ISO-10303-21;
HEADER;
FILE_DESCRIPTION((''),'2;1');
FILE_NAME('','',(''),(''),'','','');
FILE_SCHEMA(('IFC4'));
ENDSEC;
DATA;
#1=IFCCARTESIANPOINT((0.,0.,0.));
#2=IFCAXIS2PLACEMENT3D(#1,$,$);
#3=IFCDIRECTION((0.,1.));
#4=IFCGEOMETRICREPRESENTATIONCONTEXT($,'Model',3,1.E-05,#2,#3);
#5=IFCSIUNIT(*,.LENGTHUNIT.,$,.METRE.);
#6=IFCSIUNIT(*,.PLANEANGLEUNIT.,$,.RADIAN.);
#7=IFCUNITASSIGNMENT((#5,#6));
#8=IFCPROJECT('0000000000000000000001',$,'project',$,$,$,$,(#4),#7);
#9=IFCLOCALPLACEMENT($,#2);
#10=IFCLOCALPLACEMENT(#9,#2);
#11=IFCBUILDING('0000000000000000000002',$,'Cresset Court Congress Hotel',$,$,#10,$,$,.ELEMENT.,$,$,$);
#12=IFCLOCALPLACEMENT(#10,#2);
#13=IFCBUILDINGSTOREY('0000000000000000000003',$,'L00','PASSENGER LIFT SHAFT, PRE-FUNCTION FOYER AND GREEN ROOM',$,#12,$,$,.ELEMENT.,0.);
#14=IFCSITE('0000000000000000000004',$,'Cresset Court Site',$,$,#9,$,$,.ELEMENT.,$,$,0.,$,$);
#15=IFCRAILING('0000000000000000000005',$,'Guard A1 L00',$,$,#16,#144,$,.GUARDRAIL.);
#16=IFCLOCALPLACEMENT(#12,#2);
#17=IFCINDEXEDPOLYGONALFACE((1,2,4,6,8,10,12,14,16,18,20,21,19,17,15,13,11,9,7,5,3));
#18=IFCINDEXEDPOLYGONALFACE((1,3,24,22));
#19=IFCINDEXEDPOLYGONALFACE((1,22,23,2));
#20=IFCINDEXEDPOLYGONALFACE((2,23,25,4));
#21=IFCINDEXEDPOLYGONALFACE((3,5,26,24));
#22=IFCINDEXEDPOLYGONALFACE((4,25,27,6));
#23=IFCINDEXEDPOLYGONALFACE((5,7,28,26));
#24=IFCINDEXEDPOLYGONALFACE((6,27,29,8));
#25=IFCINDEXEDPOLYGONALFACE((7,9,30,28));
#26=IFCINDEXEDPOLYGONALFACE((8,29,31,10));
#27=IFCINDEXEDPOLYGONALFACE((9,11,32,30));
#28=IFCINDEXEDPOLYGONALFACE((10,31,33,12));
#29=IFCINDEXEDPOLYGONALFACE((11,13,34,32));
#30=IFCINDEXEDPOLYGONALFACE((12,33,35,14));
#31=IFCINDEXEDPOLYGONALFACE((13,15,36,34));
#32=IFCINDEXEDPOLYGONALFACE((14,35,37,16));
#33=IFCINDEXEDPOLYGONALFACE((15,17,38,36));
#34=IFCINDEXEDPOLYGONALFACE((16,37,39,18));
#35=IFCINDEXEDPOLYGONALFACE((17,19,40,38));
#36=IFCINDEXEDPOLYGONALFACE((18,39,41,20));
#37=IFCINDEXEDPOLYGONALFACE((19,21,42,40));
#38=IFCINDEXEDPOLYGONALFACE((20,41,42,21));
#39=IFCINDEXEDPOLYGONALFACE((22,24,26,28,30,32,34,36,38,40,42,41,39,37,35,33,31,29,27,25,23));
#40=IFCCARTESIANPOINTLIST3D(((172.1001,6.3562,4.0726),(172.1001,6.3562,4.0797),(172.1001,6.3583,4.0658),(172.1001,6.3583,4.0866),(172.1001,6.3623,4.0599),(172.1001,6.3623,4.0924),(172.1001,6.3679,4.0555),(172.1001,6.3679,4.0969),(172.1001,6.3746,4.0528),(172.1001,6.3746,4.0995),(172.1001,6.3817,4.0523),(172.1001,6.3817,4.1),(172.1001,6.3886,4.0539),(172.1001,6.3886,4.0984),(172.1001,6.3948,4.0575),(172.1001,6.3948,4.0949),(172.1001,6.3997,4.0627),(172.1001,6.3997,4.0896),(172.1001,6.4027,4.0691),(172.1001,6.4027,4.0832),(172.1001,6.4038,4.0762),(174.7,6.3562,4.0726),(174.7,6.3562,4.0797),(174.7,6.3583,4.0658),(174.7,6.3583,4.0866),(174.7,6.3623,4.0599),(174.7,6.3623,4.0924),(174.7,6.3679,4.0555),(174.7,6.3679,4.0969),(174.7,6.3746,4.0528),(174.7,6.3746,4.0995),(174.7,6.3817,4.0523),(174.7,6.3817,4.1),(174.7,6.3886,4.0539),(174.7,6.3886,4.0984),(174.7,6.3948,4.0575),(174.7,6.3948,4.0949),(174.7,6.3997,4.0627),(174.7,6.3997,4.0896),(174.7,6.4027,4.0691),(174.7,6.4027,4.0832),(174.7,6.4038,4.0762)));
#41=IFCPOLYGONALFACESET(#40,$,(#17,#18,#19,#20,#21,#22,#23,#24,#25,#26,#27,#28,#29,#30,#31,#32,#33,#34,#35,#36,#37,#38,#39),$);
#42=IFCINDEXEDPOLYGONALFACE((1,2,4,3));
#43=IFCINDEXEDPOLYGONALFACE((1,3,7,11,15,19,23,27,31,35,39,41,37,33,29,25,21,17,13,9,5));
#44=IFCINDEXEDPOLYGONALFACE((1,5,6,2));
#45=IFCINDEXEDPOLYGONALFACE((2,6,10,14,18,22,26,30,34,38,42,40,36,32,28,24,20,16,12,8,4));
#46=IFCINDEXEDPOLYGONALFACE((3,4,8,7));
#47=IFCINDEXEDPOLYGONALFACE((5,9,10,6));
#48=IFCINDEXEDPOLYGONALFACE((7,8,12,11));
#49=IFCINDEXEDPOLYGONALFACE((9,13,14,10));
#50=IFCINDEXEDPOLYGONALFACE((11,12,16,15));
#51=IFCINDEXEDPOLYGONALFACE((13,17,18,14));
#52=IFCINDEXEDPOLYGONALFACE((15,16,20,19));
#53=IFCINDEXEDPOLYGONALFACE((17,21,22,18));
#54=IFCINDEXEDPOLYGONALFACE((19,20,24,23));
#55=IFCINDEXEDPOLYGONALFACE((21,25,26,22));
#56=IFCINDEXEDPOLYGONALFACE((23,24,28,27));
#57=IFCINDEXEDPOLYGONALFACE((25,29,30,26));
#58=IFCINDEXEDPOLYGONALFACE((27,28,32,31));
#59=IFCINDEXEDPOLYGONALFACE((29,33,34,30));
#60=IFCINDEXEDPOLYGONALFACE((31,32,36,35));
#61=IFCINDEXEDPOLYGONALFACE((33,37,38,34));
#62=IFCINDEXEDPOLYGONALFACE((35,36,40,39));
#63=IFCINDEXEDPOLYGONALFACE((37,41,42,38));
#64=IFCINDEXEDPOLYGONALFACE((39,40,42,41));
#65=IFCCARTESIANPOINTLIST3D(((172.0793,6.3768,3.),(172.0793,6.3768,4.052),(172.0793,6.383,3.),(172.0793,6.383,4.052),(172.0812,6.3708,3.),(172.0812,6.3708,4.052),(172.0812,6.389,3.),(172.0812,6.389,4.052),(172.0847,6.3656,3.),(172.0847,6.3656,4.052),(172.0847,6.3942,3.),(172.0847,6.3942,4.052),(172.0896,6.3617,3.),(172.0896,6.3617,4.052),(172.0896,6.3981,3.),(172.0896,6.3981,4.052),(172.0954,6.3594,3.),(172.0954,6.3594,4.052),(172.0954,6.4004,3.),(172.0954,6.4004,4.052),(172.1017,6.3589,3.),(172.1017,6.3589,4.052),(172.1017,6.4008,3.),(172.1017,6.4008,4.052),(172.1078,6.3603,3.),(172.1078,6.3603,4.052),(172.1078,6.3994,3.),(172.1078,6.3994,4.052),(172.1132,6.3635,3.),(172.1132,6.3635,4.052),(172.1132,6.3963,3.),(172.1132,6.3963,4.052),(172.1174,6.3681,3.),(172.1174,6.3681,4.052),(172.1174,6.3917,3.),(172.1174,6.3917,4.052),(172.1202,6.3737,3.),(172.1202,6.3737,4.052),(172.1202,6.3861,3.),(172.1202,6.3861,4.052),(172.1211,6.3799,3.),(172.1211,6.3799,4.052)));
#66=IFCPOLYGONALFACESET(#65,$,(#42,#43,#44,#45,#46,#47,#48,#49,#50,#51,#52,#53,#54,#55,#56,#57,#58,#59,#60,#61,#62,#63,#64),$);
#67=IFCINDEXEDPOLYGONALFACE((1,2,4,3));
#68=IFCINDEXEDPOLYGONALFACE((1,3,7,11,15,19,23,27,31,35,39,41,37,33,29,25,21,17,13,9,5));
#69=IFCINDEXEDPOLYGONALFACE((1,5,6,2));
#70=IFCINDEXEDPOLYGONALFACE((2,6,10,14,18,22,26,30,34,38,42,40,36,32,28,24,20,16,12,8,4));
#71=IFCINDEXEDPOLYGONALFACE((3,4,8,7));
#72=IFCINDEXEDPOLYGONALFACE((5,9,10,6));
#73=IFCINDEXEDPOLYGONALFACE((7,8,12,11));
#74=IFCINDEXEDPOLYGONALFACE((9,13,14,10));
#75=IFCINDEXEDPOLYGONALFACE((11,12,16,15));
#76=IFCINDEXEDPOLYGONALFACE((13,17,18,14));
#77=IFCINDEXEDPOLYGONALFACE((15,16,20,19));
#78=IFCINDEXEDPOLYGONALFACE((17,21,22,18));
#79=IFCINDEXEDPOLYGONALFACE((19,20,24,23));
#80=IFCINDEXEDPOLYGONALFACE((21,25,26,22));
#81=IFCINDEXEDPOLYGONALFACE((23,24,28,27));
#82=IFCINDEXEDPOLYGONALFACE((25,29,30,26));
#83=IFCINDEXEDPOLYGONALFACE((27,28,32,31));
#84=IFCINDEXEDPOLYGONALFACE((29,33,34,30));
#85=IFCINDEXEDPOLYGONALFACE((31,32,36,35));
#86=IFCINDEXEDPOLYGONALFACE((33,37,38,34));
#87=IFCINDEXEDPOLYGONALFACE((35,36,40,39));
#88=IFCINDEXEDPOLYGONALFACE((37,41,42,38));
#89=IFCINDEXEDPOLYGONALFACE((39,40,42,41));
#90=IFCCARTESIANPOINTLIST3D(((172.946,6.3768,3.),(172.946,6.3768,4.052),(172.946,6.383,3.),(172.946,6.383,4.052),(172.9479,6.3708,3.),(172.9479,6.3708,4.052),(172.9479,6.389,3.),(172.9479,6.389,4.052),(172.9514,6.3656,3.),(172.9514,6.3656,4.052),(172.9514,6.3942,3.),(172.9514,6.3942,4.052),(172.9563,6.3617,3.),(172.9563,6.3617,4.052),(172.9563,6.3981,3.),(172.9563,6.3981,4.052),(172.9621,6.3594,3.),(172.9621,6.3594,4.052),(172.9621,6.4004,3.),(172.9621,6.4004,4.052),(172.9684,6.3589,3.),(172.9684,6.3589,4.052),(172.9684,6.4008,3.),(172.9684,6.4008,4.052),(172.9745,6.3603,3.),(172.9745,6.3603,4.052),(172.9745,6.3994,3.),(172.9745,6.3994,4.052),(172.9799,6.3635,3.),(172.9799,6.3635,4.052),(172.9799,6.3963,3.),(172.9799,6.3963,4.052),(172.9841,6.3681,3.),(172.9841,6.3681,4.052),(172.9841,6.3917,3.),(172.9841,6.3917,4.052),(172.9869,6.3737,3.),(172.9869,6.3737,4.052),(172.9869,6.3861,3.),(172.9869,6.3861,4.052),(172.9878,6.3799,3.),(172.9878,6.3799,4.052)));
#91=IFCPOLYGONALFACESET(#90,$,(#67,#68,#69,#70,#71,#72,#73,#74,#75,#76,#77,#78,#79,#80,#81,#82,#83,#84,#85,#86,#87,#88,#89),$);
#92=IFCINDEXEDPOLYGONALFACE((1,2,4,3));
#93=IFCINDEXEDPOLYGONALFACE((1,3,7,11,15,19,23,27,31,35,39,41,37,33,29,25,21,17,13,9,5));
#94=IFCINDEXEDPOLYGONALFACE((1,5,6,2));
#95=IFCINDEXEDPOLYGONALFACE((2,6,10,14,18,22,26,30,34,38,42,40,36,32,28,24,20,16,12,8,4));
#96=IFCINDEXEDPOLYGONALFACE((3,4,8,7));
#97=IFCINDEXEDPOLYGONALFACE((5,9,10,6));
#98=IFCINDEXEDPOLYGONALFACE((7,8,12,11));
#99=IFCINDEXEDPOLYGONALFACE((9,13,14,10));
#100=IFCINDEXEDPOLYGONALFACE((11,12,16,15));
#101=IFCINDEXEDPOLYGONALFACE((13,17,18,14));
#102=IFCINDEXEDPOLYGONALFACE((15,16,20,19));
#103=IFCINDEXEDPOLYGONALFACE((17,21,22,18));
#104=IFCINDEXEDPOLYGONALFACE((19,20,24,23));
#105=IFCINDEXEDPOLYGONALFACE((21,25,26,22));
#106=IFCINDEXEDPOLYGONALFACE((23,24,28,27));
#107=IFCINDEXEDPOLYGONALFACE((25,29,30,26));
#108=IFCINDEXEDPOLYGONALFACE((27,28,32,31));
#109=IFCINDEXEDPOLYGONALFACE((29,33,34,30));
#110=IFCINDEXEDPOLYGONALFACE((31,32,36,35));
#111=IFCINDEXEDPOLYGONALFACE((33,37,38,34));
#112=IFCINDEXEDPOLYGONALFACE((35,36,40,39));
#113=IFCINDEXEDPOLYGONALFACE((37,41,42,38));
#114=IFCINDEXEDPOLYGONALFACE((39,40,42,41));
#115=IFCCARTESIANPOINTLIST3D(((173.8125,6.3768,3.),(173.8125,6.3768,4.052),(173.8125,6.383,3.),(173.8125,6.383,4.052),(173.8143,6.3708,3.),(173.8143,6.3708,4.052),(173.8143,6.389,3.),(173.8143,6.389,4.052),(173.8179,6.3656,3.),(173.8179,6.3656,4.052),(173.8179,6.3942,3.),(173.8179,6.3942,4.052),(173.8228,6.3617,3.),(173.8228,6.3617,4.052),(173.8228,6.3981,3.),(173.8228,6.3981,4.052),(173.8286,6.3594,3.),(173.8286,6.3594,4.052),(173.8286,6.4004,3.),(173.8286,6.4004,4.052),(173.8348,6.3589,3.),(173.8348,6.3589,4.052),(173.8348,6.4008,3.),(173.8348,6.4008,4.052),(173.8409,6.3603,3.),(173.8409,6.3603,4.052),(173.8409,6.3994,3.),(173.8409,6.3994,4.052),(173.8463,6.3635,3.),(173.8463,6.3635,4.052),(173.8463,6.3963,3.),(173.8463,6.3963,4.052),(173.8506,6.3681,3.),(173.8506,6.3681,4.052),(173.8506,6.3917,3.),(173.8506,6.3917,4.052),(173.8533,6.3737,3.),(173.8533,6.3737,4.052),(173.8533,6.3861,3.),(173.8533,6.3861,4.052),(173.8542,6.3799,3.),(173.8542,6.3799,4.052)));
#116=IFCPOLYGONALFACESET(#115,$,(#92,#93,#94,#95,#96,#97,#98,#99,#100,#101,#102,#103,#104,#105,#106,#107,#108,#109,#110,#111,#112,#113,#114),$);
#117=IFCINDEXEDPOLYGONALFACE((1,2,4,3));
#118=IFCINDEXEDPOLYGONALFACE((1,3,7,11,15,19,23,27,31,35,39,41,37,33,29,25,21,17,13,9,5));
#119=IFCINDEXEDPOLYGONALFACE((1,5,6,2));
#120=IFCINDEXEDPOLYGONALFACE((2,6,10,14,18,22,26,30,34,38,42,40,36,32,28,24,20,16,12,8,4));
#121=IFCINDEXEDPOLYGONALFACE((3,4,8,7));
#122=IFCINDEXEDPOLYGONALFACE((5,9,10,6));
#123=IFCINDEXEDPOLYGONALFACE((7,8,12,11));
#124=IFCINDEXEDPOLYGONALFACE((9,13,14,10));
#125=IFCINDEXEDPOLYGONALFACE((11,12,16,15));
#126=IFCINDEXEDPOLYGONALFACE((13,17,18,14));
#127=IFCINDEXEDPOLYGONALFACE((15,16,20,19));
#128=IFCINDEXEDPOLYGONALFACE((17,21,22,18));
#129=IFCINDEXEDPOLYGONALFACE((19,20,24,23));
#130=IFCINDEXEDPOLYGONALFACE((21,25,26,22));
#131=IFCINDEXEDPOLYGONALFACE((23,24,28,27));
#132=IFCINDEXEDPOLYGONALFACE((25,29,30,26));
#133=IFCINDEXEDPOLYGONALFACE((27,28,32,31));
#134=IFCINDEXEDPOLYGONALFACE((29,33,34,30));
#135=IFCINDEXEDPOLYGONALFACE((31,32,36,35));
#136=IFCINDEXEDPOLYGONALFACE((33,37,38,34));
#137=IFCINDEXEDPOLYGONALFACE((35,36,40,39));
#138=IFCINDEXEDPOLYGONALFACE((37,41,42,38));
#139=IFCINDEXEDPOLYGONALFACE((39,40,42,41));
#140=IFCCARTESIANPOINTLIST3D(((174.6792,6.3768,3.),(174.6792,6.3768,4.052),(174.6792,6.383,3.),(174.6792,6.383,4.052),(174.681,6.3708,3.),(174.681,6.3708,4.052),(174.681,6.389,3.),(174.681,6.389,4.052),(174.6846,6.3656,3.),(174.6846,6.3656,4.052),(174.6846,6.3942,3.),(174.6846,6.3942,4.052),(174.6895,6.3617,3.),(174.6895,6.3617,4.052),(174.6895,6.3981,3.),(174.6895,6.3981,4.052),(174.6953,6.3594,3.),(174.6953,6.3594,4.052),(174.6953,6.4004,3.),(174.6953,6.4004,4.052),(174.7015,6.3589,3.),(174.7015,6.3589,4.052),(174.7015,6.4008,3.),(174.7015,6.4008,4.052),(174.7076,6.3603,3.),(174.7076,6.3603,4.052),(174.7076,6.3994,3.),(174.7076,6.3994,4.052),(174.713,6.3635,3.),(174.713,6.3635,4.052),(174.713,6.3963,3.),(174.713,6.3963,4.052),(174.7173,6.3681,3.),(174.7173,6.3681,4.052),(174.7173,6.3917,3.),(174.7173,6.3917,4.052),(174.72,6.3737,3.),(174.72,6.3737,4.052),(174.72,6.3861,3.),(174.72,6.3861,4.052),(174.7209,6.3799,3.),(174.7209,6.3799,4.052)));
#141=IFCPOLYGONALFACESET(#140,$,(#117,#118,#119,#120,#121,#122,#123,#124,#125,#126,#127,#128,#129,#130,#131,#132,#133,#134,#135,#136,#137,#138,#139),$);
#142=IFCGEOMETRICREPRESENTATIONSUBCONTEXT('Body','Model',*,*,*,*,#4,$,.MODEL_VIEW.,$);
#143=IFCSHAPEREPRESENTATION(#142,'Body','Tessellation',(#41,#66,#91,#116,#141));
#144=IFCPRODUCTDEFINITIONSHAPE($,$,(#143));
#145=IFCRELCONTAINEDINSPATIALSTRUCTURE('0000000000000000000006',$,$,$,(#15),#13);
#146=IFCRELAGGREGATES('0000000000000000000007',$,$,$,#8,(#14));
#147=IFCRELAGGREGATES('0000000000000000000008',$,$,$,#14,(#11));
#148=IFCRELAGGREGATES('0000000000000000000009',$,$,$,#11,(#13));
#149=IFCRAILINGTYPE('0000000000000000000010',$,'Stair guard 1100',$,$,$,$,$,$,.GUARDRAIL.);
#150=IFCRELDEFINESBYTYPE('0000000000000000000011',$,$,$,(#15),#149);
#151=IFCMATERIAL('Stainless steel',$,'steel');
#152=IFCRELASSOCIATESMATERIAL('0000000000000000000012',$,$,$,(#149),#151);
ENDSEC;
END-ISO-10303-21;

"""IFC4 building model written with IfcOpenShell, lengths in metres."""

from ifc_helpers import new_model, si_unit, direction, frame, origin, origin_2d, place, context, subcontext, project, spatial, circle, extrude, material, type_object, element, save


model = new_model("IFC4")

# Units and contexts
model_context = context("Model", 3, precision=1e-05, world=origin(), true_north=direction((0.0, 1.0)))
body_context = subcontext(model_context, "Body", "Model", "MODEL_VIEW")
ifc_project = project(units=[si_unit("LENGTHUNIT", "METRE"), si_unit("PLANEANGLEUNIT", "RADIAN")], contexts=[model_context])

# Site, building, storey
site_placement = place(None, origin())
site = spatial("IfcSite", under=ifc_project, at=site_placement, Name="Cresset Court Site", CompositionType="ELEMENT", RefElevation=0.0)
building_placement = place(site_placement, origin())
building = spatial("IfcBuilding", under=site, at=building_placement, Name="Cresset Court Congress Hotel", CompositionType="ELEMENT")
storey_placement = place(building_placement, origin())
storey = spatial("IfcBuildingStorey", under=building, at=storey_placement, Name="L00", Description="PASSENGER LIFT SHAFT, PRE-FUNCTION FOYER AND GREEN ROOM", CompositionType="ELEMENT", Elevation=0.0)

# Railing
ifc_material_1 = material(Name="Stainless steel", Category="steel")
railing_type_1 = type_object("IfcRailingType", Name="Stair guard 1100", PredefinedType="GUARDRAIL", material=ifc_material_1)
for number, where, name in (
    (1, (172.1001, 6.3799, 3.0), "Guard A1 L00"),
):
    element("IfcRailing", number, at=place(storey_placement, frame(where)), inside=storey, type_object=railing_type_1, Name=name, PredefinedType="GUARDRAIL", context=body_context, shape_type="SweptSolid", body=[
        extrude(circle(Radius=0.0239, at=origin_2d()), frame((0.0, 0.0, 1.0762), z_axis=(1.0, 0.0, 0.0), x_axis=(0.0, 1.0, 0.0)), (0.0, 0.0, 1.0), 2.5999),
        extrude(circle(Radius=0.021, at=origin_2d()), origin(), (0.0, 0.0, 1.0), 1.052),
        extrude(circle(Radius=0.021, at=origin_2d()), frame((0.8667, 0.0, 0.0)), (0.0, 0.0, 1.0), 1.052),
        extrude(circle(Radius=0.021, at=origin_2d()), frame((1.7332, 0.0, 0.0)), (0.0, 0.0, 1.0), 1.052),
        extrude(circle(Radius=0.021, at=origin_2d()), frame((2.5999, 0.0, 0.0)), (0.0, 0.0, 1.0), 1.052),
    ])

save(model, "model.ifc")
